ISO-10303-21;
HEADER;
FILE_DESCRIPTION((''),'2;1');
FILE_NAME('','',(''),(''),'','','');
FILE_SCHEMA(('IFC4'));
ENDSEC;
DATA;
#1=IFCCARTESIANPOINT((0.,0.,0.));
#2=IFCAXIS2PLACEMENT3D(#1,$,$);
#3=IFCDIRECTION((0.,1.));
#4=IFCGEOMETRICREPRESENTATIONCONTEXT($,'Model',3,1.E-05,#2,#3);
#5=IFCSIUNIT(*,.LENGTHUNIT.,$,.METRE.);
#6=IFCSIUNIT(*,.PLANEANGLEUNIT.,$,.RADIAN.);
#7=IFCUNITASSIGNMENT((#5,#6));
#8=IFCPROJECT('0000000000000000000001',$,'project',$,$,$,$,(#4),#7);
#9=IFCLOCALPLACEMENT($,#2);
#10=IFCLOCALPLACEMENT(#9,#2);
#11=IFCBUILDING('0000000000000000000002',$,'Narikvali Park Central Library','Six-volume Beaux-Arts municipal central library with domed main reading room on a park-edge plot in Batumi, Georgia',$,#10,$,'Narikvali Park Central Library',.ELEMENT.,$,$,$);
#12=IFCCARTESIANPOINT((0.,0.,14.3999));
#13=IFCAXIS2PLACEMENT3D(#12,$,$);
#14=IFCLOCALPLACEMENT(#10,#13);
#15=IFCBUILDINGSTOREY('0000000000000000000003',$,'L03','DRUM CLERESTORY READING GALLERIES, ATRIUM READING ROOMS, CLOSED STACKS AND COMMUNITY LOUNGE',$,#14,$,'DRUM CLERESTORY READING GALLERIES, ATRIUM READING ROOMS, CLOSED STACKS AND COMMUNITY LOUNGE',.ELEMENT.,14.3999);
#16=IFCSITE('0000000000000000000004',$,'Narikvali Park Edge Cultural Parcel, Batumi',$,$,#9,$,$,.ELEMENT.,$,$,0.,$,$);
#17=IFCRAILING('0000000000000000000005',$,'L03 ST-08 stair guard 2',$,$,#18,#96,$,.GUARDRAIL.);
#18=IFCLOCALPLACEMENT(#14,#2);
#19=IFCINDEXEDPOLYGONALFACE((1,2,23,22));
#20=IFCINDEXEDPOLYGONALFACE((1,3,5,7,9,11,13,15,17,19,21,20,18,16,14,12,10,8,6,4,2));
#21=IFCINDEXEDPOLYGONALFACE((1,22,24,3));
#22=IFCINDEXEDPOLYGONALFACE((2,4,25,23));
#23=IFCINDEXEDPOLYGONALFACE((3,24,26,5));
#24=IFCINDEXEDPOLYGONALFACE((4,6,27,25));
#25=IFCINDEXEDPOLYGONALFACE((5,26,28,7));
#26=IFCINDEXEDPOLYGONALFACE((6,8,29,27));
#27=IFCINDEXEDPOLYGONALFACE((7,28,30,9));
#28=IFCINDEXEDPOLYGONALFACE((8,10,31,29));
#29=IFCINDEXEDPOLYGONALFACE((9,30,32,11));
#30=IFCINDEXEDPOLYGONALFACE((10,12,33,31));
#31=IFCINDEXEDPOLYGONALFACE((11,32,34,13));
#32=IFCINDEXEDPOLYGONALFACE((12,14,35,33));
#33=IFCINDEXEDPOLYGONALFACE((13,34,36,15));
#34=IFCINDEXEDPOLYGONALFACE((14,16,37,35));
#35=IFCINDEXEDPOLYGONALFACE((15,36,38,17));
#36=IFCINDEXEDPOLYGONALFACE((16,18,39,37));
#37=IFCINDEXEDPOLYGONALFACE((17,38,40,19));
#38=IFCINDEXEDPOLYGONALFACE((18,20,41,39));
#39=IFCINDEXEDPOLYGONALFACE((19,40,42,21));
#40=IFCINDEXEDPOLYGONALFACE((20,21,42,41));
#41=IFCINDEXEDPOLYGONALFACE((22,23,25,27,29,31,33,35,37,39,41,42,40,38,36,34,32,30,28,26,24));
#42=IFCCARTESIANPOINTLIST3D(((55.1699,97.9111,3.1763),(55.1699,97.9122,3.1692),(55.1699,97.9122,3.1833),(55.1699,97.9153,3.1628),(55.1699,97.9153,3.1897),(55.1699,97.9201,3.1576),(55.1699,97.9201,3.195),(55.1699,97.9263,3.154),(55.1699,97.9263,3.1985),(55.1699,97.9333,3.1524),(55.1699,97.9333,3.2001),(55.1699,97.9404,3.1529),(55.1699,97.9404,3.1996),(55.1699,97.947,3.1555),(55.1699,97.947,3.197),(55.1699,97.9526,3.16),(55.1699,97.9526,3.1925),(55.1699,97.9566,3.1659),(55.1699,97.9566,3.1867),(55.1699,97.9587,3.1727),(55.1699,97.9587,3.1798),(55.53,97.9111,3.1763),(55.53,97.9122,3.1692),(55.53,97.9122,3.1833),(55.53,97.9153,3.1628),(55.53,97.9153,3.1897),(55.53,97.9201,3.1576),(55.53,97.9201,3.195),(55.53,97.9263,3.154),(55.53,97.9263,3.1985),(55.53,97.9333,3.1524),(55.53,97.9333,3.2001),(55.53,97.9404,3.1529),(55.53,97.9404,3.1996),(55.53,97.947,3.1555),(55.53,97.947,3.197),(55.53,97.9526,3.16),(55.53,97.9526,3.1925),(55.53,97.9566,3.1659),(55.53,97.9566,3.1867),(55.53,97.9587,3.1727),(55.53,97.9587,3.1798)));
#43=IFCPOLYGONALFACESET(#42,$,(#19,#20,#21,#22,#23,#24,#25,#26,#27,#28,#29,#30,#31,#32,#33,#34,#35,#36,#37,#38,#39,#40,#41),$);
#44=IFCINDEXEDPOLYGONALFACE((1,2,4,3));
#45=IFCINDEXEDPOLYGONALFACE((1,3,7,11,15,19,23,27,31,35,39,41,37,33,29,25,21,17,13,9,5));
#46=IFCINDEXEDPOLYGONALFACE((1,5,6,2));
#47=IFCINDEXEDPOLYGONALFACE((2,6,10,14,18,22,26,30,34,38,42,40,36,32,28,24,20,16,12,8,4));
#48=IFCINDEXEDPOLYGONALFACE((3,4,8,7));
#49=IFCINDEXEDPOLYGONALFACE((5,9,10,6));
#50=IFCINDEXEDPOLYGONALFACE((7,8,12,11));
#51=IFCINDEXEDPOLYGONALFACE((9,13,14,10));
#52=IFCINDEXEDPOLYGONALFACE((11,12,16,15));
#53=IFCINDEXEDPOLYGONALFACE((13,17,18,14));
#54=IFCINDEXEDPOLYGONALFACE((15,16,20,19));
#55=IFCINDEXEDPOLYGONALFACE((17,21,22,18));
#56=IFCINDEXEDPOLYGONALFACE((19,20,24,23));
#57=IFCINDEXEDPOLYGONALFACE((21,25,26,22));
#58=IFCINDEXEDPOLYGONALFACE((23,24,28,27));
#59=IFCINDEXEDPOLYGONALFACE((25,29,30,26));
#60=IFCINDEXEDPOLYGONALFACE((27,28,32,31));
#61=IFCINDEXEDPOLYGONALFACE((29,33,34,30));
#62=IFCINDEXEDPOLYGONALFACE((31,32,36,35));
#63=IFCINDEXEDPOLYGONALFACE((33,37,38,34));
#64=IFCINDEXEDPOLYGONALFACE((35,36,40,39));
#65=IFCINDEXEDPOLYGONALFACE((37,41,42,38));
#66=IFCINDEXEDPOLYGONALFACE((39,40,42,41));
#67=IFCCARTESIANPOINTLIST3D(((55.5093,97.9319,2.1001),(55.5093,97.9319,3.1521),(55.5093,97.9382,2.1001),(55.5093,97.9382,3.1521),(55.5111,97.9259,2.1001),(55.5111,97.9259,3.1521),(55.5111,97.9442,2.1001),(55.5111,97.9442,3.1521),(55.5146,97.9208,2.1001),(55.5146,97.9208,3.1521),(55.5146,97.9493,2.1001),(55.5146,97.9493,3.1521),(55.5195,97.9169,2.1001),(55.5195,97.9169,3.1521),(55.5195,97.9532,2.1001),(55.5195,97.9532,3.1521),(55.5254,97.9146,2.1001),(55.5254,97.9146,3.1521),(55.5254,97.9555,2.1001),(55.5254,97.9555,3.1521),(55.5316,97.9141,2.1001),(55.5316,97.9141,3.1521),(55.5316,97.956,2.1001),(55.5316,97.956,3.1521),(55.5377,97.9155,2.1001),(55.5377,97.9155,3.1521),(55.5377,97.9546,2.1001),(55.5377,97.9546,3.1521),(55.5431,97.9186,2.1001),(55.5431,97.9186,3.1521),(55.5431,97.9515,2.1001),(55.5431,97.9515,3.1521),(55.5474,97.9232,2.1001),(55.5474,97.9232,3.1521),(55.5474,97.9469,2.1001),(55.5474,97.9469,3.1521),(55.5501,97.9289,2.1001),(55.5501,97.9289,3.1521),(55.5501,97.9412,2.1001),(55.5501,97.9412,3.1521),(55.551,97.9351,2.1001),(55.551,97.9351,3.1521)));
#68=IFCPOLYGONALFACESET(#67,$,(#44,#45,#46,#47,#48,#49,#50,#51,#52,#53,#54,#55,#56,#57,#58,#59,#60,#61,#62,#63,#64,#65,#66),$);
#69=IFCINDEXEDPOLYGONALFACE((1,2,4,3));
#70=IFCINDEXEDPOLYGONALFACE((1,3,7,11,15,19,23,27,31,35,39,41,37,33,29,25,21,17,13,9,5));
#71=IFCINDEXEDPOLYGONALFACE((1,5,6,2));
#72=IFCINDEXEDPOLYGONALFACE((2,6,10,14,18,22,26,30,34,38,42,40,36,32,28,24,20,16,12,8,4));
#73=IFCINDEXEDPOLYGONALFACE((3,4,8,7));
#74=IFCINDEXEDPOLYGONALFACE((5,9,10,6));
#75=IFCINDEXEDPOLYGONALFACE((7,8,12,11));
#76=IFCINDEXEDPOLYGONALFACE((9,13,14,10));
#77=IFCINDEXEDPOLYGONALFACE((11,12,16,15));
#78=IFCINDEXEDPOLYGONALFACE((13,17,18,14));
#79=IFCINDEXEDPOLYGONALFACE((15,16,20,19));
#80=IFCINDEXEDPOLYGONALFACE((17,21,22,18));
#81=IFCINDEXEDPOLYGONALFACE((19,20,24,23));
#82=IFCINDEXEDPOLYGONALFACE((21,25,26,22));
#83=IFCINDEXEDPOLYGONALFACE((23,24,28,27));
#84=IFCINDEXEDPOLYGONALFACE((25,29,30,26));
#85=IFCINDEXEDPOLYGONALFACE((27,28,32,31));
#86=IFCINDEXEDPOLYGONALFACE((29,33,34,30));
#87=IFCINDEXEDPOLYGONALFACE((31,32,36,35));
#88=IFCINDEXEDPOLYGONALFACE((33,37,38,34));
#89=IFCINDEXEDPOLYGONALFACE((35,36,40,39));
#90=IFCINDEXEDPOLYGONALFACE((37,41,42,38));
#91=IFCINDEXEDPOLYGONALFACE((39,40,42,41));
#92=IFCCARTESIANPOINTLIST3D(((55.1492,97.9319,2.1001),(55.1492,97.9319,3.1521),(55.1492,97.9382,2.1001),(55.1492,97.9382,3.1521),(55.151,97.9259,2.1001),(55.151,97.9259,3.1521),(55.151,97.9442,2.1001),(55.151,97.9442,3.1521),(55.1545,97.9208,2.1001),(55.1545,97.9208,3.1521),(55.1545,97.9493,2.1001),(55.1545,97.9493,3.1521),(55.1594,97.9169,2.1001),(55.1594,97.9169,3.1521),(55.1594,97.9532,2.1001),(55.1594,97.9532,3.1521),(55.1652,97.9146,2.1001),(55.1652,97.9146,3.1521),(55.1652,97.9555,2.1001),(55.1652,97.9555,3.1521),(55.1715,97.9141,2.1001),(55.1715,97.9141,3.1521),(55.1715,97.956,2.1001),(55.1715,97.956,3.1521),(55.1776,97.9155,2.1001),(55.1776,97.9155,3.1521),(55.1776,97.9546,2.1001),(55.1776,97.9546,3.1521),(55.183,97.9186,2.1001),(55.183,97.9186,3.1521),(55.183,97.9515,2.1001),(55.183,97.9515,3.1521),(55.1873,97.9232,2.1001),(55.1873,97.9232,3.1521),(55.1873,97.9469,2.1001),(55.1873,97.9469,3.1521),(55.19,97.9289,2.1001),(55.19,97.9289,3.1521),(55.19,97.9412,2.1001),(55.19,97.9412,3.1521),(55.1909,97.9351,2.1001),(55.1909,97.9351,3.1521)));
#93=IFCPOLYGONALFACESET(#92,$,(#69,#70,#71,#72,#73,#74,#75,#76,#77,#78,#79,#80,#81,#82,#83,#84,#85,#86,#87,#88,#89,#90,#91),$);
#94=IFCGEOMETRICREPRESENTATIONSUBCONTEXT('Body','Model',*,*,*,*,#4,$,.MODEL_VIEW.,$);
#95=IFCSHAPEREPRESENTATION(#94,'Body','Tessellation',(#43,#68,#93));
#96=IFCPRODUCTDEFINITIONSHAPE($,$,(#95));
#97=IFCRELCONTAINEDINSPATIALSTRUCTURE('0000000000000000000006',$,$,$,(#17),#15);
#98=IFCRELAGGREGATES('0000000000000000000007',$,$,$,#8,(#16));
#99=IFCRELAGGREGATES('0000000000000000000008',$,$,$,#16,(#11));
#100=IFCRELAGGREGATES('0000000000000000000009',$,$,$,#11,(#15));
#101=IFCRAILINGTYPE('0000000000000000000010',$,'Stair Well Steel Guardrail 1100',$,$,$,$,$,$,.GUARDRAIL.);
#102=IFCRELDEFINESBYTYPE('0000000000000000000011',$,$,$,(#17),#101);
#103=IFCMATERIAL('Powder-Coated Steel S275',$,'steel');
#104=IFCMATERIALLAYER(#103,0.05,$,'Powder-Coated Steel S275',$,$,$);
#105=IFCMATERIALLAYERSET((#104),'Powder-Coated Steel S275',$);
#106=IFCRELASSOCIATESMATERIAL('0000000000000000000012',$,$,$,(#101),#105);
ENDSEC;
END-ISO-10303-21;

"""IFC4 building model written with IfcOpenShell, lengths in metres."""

from ifc_helpers import new_model, si_unit, direction, frame, origin, origin_2d, place, context, subcontext, project, spatial, circle, extrude, material, layer, layer_set, type_object, element, save


model = new_model("IFC4")

# Units and contexts
model_context = context("Model", 3, precision=1e-05, world=origin(), true_north=direction((0.0, 1.0)))
body_context = subcontext(model_context, "Body", "Model", "MODEL_VIEW")
ifc_project = project(units=[si_unit("LENGTHUNIT", "METRE"), si_unit("PLANEANGLEUNIT", "RADIAN")], contexts=[model_context])

# Site, building, storey
site_placement = place(None, origin())
site = spatial("IfcSite", under=ifc_project, at=site_placement, Name="Narikvali Park Edge Cultural Parcel, Batumi", CompositionType="ELEMENT", RefElevation=0.0)
building_placement = place(site_placement, origin())
building = spatial("IfcBuilding", under=site, at=building_placement, Name="Narikvali Park Central Library", Description="Six-volume Beaux-Arts municipal central library with domed main reading room on a park-edge plot in Batumi, Georgia", LongName="Narikvali Park Central Library", CompositionType="ELEMENT")
storey_placement = place(building_placement, frame((0.0, 0.0, 14.3999)))
storey = spatial("IfcBuildingStorey", under=building, at=storey_placement, Name="L03", Description="DRUM CLERESTORY READING GALLERIES, ATRIUM READING ROOMS, CLOSED STACKS AND COMMUNITY LOUNGE", LongName="DRUM CLERESTORY READING GALLERIES, ATRIUM READING ROOMS, CLOSED STACKS AND COMMUNITY LOUNGE", CompositionType="ELEMENT", Elevation=14.3999)

# Railing
ifc_material_1 = material(Name="Powder-Coated Steel S275", Category="steel")
ifc_layer_1 = layer(ifc_material_1, 0.05, Name="Powder-Coated Steel S275")
ifc_layer_set_1 = layer_set([ifc_layer_1], Name="Powder-Coated Steel S275")
railing_type_1 = type_object("IfcRailingType", Name="Stair Well Steel Guardrail 1100", PredefinedType="GUARDRAIL", material=ifc_layer_set_1)
railing_1_placement = place(storey_placement, frame((55.53, 97.9351, 2.1001)))
element("IfcRailing", 1, at=railing_1_placement, inside=storey, type_object=railing_type_1, Name="L03 ST-08 stair guard 2", PredefinedType="GUARDRAIL", context=body_context, shape_type="SweptSolid", body=[
    extrude(circle(Radius=0.0239, at=origin_2d()), frame((0.0, 0.0, 1.0762), z_axis=(-1.0, 0.0, 0.0), x_axis=(0.0, -1.0, 0.0)), (0.0, 0.0, 1.0), 0.3601),
    extrude(circle(Radius=0.021, at=origin_2d()), origin(), (0.0, 0.0, 1.0), 1.052),
    extrude(circle(Radius=0.021, at=origin_2d()), frame((-0.3601, 0.0, 0.0)), (0.0, 0.0, 1.0), 1.052),
])

save(model, "model.ifc")
